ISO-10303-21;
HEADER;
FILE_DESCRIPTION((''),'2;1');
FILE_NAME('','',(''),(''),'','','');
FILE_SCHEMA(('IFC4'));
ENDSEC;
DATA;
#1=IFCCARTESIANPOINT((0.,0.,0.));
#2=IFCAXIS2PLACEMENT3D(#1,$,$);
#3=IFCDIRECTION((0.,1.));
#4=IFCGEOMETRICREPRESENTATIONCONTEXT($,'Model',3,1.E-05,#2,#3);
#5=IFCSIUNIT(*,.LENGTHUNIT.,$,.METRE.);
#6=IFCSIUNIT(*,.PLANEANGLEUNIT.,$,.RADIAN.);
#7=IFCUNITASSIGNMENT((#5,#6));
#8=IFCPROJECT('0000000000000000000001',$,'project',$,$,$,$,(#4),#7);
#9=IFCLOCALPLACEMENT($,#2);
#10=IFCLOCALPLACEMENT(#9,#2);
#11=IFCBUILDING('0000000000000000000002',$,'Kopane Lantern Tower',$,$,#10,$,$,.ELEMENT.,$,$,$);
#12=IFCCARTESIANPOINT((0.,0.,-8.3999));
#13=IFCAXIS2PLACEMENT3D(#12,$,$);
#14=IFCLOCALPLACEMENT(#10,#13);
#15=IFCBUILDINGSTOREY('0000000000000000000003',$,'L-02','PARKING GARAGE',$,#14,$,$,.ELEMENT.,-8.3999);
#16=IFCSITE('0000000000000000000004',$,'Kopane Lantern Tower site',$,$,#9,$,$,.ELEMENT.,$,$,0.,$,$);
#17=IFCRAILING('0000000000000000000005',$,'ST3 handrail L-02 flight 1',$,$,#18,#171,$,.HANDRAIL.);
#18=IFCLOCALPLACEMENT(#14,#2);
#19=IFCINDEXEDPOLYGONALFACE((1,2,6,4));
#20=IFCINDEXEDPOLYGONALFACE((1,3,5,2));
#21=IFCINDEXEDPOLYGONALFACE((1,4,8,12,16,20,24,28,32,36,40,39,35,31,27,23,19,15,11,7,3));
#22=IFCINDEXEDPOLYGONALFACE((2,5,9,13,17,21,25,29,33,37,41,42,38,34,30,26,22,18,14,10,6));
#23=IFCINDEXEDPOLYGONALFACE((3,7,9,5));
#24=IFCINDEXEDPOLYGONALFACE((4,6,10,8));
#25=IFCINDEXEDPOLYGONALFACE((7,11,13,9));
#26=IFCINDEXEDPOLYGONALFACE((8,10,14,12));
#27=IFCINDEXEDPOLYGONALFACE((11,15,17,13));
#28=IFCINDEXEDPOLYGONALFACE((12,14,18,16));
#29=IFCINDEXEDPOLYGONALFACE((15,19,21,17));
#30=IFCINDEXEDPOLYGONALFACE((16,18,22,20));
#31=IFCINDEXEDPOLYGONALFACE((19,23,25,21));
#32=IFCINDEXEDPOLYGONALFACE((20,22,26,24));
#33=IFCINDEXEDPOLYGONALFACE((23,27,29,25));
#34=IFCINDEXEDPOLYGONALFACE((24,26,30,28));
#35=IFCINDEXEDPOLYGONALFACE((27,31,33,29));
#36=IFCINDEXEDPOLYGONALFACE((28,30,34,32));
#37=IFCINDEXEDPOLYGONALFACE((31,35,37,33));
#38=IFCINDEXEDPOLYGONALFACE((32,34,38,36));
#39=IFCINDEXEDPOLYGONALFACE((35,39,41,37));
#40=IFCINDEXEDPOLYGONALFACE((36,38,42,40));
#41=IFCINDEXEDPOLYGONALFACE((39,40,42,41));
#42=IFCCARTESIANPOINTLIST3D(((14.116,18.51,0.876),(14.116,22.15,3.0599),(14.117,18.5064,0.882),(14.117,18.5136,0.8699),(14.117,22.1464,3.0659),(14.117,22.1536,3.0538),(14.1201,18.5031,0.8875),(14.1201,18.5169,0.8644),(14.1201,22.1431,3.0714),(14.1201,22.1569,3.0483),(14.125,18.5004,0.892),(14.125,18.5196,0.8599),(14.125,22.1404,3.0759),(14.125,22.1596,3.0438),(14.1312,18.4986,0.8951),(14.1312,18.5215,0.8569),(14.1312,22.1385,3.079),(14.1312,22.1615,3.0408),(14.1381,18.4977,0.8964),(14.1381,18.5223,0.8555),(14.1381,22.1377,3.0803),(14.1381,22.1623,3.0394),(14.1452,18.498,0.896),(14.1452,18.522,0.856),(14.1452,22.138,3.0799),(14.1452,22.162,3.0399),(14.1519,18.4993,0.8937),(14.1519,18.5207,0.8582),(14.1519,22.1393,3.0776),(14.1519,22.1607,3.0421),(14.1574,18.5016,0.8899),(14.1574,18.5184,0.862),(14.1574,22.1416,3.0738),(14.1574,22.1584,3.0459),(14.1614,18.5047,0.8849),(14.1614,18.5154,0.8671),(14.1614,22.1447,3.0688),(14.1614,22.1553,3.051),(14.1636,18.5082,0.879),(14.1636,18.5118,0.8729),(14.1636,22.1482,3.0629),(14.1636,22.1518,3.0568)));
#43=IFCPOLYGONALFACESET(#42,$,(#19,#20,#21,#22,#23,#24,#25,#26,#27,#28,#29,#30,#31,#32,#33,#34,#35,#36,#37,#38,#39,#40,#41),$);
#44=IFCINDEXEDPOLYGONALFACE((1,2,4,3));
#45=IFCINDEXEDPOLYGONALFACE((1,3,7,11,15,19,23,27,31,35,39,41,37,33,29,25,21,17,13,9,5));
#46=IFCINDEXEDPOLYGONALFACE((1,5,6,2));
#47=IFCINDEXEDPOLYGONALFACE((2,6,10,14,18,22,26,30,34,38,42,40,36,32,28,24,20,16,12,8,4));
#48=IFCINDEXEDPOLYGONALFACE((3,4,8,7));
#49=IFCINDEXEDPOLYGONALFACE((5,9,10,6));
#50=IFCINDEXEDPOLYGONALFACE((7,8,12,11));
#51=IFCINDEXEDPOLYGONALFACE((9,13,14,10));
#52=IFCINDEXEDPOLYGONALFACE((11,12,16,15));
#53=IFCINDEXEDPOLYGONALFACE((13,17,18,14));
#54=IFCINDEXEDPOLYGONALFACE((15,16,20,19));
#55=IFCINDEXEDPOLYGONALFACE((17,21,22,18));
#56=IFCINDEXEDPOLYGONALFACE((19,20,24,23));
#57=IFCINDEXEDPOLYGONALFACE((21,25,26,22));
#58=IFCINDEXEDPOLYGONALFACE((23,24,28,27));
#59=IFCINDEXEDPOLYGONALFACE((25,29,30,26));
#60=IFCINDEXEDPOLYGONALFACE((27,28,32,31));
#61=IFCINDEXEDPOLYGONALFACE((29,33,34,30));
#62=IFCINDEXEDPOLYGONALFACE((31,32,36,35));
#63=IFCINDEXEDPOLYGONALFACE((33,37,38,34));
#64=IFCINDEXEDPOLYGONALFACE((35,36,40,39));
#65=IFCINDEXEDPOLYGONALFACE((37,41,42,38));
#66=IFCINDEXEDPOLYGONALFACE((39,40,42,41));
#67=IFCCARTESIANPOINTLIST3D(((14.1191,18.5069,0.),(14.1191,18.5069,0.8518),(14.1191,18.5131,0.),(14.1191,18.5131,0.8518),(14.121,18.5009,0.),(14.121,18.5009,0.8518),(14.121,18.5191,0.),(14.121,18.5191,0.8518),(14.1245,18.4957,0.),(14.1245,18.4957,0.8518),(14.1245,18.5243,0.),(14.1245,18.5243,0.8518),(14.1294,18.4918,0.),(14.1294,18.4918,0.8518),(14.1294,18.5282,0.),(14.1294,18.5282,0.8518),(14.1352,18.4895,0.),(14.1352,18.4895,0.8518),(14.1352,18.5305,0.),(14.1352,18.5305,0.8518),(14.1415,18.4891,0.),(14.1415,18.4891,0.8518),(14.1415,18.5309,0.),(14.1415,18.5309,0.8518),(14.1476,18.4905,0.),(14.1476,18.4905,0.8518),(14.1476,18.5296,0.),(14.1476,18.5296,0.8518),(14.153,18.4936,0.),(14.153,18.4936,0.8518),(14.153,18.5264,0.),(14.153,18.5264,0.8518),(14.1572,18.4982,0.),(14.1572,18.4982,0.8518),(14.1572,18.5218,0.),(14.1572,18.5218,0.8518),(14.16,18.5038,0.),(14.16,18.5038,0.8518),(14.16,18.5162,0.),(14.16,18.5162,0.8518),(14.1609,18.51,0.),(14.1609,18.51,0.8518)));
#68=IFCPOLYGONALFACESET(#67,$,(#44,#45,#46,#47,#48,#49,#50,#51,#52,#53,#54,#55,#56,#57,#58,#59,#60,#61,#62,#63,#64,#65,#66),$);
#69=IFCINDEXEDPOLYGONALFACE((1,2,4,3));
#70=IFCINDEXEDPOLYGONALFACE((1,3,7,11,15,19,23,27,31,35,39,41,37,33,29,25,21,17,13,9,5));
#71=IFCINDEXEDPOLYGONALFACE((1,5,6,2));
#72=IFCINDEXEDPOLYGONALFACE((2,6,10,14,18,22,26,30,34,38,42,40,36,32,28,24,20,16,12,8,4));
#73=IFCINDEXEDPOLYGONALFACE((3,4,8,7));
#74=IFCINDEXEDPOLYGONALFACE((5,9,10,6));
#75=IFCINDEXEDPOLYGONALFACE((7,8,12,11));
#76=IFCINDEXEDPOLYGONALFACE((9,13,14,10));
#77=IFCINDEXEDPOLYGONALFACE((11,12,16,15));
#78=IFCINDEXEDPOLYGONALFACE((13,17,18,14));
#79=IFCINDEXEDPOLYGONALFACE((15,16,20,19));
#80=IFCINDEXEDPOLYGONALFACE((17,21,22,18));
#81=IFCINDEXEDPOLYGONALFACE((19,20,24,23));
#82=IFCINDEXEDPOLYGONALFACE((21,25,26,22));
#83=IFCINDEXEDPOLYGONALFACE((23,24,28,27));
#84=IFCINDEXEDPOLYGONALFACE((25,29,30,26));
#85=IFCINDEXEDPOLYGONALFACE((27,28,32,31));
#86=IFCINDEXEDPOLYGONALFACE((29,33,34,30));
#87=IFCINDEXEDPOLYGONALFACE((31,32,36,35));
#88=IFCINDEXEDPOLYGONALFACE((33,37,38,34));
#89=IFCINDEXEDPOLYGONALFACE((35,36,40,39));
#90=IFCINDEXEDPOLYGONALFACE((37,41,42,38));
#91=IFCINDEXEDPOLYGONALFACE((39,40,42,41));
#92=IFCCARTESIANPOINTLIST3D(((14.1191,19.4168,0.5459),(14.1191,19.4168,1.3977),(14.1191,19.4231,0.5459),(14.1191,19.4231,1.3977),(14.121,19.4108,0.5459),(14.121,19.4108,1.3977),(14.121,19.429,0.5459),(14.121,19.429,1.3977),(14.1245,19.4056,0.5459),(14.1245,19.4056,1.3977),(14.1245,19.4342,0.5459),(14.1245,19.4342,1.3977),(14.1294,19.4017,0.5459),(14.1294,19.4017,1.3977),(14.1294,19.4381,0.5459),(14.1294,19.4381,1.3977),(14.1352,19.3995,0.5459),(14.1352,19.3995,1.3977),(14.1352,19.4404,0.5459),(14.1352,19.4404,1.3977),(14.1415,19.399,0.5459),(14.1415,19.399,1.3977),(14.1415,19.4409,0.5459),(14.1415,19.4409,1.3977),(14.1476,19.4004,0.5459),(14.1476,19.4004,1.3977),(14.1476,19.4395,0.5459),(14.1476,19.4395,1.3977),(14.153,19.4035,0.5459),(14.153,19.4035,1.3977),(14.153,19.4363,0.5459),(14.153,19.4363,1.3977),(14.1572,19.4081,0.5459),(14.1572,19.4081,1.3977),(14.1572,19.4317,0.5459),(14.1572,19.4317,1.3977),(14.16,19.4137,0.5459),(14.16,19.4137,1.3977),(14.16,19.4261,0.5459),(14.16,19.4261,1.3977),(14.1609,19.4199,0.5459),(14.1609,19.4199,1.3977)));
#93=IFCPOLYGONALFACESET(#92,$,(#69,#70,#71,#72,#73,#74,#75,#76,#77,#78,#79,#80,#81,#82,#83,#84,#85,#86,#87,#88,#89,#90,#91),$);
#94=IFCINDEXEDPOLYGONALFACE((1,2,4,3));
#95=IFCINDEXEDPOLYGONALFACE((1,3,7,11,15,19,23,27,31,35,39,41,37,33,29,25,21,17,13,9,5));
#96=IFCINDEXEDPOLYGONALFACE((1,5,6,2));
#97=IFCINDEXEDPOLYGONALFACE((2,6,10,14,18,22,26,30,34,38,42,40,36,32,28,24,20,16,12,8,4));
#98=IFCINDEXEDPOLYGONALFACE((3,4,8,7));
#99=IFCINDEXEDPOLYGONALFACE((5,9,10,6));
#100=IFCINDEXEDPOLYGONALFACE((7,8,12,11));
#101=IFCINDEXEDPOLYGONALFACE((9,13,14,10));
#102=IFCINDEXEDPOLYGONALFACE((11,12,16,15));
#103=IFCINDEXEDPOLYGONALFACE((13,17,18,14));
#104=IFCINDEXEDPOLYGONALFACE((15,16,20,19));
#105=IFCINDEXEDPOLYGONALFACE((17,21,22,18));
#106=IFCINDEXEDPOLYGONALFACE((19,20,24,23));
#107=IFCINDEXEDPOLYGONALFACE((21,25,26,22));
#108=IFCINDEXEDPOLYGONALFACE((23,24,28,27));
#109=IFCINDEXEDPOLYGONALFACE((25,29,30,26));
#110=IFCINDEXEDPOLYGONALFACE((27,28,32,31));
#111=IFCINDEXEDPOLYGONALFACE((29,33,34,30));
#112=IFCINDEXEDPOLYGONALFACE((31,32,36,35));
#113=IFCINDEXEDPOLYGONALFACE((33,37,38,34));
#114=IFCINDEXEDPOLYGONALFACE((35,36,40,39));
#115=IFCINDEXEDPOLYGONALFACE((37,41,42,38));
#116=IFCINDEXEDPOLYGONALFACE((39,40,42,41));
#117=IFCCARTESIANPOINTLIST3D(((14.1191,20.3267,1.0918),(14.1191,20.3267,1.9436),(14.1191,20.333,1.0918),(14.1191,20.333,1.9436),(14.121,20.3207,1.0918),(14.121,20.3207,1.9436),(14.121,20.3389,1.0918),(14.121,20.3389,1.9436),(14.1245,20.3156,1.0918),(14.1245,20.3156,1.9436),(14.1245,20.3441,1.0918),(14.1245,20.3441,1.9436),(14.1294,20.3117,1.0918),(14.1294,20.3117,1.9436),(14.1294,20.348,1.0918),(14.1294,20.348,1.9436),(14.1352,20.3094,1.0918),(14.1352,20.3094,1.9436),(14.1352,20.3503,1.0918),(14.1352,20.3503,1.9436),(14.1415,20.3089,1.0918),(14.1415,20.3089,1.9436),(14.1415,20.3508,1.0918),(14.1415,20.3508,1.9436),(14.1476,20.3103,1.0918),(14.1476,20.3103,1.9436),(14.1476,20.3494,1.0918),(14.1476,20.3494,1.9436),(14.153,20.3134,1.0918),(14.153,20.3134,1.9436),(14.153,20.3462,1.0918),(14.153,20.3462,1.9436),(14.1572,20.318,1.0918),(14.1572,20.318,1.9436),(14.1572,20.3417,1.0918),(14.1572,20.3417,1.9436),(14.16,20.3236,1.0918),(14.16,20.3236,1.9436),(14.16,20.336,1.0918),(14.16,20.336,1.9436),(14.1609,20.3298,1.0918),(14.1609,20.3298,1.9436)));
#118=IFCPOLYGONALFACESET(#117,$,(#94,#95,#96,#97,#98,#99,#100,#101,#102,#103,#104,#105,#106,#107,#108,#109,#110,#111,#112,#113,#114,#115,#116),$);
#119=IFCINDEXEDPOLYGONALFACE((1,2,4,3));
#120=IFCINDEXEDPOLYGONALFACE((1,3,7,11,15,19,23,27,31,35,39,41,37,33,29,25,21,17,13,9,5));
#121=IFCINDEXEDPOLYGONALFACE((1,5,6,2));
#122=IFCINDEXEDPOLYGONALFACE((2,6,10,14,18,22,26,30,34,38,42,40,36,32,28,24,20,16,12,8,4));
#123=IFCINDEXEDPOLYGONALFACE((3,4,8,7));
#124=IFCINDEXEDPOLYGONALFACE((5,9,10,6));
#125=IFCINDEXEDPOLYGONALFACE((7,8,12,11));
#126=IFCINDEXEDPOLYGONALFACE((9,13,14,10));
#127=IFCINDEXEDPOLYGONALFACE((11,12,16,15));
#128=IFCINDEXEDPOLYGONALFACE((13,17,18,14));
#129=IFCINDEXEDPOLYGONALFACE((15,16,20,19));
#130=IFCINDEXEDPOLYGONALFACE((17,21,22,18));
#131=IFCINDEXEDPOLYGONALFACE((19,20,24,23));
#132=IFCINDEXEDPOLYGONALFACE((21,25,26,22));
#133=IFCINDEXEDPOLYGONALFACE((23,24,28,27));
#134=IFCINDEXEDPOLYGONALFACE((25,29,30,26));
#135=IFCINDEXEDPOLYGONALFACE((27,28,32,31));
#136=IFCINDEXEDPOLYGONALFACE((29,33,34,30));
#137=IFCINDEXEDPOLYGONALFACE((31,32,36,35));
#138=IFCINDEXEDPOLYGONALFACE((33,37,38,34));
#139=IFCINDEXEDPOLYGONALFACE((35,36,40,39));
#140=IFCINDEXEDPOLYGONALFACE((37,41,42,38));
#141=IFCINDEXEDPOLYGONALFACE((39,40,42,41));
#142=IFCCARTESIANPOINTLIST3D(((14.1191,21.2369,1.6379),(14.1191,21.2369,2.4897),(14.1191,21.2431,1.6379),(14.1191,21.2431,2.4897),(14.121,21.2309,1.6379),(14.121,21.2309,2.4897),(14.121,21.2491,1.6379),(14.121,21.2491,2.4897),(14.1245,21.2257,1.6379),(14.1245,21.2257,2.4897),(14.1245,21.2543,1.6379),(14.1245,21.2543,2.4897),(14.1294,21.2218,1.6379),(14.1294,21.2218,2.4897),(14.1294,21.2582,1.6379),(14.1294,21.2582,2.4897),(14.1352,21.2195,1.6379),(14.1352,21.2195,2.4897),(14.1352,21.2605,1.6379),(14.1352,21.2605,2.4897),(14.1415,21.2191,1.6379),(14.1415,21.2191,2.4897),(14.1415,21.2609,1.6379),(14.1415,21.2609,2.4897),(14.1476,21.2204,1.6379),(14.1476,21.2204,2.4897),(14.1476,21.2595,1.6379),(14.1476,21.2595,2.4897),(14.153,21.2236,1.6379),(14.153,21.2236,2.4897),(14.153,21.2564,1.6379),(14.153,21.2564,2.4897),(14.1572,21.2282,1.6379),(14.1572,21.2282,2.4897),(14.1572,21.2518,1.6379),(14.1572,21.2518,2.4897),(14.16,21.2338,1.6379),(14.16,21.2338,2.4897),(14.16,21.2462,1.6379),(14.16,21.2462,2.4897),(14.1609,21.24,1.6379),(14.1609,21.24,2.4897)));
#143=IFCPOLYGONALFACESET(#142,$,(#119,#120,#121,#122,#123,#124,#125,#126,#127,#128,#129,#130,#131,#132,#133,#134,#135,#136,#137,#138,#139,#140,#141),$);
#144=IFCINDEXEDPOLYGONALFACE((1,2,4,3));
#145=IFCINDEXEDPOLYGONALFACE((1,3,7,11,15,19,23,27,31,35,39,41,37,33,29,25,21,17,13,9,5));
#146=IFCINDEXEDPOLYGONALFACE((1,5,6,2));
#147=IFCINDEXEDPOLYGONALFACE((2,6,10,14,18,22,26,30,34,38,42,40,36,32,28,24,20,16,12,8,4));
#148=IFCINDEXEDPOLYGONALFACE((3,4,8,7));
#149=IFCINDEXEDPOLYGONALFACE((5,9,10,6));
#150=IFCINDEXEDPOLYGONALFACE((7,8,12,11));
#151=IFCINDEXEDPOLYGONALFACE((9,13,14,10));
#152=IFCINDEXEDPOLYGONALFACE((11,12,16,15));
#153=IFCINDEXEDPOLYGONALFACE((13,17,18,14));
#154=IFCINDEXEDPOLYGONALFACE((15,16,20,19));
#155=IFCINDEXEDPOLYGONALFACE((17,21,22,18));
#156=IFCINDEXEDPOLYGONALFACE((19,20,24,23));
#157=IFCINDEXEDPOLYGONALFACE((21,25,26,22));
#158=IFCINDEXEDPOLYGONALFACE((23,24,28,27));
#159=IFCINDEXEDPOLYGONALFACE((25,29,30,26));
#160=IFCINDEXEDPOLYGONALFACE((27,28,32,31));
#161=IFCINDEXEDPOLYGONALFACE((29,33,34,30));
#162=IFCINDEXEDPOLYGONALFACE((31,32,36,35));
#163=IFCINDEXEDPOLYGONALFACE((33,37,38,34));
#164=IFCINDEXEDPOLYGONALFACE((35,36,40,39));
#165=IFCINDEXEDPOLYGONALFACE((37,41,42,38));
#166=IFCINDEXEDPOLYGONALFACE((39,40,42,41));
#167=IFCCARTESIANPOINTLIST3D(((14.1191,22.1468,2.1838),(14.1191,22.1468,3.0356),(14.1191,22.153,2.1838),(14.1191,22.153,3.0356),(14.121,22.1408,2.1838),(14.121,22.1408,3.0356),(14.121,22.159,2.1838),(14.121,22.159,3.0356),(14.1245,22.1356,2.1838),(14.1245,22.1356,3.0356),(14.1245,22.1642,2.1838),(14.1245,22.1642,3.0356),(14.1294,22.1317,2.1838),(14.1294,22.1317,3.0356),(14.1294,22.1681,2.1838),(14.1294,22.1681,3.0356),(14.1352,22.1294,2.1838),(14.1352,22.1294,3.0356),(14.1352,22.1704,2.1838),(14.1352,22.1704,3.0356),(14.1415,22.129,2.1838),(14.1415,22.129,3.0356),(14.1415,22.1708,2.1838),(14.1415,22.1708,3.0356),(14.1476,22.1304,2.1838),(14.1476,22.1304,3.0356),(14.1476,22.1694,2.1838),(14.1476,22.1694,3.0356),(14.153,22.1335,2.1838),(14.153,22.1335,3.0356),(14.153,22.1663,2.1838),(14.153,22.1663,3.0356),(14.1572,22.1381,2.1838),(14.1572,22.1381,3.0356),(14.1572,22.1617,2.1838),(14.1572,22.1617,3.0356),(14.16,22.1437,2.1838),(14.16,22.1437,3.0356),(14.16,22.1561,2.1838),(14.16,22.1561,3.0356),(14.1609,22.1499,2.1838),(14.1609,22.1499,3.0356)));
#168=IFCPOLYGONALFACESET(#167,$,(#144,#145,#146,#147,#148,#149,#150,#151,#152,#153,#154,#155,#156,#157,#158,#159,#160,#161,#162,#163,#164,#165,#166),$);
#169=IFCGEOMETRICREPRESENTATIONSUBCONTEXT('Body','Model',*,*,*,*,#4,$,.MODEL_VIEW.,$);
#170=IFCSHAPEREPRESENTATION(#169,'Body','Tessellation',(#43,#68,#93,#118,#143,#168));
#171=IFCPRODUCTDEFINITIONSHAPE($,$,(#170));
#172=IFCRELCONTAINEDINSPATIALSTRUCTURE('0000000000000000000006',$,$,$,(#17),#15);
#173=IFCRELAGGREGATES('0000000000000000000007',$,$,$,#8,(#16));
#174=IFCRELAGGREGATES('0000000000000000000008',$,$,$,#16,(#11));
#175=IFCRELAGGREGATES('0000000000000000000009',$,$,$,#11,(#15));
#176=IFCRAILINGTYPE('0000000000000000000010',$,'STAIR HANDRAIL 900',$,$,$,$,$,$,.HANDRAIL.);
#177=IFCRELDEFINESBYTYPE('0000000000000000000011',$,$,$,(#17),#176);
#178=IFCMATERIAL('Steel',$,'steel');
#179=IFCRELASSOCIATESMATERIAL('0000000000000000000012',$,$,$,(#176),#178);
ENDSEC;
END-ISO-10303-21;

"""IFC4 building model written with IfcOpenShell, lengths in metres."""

from ifc_helpers import new_model, si_unit, direction, frame, origin, origin_2d, place, context, subcontext, project, spatial, circle, extrude, material, type_object, element, save


model = new_model("IFC4")

# Units and contexts
model_context = context("Model", 3, precision=1e-05, world=origin(), true_north=direction((0.0, 1.0)))
body_context = subcontext(model_context, "Body", "Model", "MODEL_VIEW")
ifc_project = project(units=[si_unit("LENGTHUNIT", "METRE"), si_unit("PLANEANGLEUNIT", "RADIAN")], contexts=[model_context])

# Site, building, storey
site_placement = place(None, origin())
site = spatial("IfcSite", under=ifc_project, at=site_placement, Name="Kopane Lantern Tower site", CompositionType="ELEMENT", RefElevation=0.0)
building_placement = place(site_placement, origin())
building = spatial("IfcBuilding", under=site, at=building_placement, Name="Kopane Lantern Tower", CompositionType="ELEMENT")
storey_placement = place(building_placement, frame((0.0, 0.0, -8.3999)))
storey = spatial("IfcBuildingStorey", under=building, at=storey_placement, Name="L-02", Description="PARKING GARAGE", CompositionType="ELEMENT", Elevation=-8.3999)

# Railing
ifc_material_1 = material(Name="Steel", Category="steel")
railing_type_1 = type_object("IfcRailingType", Name="STAIR HANDRAIL 900", PredefinedType="HANDRAIL", material=ifc_material_1)
for number, where, name in (
    (1, (14.1399, 18.51, 0.0), "ST3 handrail L-02 flight 1"),
):
    element("IfcRailing", number, at=place(storey_placement, frame(where)), inside=storey, type_object=railing_type_1, Name=name, PredefinedType="HANDRAIL", context=body_context, shape_type="SweptSolid", body=[
        extrude(circle(Radius=0.0239, at=origin_2d()), frame((0.0, 0.0, 0.876), z_axis=(0.0, 0.857503, 0.514479), x_axis=(-1.0, 0.0, 0.0)), (0.0, 0.0, 1.0), 4.2449),
        extrude(circle(Radius=0.021, at=origin_2d()), origin(), (0.0, 0.0, 1.0), 0.8518),
        extrude(circle(Radius=0.021, at=origin_2d()), frame((0.0, 0.9099, 0.5459)), (0.0, 0.0, 1.0), 0.8518),
        extrude(circle(Radius=0.021, at=origin_2d()), frame((0.0, 1.8198, 1.0918)), (0.0, 0.0, 1.0), 0.8518),
        extrude(circle(Radius=0.021, at=origin_2d()), frame((0.0, 2.73, 1.6379)), (0.0, 0.0, 1.0), 0.8518),
        extrude(circle(Radius=0.021, at=origin_2d()), frame((0.0, 3.6399, 2.1838)), (0.0, 0.0, 1.0), 0.8518),
    ])

save(model, "model.ifc")
